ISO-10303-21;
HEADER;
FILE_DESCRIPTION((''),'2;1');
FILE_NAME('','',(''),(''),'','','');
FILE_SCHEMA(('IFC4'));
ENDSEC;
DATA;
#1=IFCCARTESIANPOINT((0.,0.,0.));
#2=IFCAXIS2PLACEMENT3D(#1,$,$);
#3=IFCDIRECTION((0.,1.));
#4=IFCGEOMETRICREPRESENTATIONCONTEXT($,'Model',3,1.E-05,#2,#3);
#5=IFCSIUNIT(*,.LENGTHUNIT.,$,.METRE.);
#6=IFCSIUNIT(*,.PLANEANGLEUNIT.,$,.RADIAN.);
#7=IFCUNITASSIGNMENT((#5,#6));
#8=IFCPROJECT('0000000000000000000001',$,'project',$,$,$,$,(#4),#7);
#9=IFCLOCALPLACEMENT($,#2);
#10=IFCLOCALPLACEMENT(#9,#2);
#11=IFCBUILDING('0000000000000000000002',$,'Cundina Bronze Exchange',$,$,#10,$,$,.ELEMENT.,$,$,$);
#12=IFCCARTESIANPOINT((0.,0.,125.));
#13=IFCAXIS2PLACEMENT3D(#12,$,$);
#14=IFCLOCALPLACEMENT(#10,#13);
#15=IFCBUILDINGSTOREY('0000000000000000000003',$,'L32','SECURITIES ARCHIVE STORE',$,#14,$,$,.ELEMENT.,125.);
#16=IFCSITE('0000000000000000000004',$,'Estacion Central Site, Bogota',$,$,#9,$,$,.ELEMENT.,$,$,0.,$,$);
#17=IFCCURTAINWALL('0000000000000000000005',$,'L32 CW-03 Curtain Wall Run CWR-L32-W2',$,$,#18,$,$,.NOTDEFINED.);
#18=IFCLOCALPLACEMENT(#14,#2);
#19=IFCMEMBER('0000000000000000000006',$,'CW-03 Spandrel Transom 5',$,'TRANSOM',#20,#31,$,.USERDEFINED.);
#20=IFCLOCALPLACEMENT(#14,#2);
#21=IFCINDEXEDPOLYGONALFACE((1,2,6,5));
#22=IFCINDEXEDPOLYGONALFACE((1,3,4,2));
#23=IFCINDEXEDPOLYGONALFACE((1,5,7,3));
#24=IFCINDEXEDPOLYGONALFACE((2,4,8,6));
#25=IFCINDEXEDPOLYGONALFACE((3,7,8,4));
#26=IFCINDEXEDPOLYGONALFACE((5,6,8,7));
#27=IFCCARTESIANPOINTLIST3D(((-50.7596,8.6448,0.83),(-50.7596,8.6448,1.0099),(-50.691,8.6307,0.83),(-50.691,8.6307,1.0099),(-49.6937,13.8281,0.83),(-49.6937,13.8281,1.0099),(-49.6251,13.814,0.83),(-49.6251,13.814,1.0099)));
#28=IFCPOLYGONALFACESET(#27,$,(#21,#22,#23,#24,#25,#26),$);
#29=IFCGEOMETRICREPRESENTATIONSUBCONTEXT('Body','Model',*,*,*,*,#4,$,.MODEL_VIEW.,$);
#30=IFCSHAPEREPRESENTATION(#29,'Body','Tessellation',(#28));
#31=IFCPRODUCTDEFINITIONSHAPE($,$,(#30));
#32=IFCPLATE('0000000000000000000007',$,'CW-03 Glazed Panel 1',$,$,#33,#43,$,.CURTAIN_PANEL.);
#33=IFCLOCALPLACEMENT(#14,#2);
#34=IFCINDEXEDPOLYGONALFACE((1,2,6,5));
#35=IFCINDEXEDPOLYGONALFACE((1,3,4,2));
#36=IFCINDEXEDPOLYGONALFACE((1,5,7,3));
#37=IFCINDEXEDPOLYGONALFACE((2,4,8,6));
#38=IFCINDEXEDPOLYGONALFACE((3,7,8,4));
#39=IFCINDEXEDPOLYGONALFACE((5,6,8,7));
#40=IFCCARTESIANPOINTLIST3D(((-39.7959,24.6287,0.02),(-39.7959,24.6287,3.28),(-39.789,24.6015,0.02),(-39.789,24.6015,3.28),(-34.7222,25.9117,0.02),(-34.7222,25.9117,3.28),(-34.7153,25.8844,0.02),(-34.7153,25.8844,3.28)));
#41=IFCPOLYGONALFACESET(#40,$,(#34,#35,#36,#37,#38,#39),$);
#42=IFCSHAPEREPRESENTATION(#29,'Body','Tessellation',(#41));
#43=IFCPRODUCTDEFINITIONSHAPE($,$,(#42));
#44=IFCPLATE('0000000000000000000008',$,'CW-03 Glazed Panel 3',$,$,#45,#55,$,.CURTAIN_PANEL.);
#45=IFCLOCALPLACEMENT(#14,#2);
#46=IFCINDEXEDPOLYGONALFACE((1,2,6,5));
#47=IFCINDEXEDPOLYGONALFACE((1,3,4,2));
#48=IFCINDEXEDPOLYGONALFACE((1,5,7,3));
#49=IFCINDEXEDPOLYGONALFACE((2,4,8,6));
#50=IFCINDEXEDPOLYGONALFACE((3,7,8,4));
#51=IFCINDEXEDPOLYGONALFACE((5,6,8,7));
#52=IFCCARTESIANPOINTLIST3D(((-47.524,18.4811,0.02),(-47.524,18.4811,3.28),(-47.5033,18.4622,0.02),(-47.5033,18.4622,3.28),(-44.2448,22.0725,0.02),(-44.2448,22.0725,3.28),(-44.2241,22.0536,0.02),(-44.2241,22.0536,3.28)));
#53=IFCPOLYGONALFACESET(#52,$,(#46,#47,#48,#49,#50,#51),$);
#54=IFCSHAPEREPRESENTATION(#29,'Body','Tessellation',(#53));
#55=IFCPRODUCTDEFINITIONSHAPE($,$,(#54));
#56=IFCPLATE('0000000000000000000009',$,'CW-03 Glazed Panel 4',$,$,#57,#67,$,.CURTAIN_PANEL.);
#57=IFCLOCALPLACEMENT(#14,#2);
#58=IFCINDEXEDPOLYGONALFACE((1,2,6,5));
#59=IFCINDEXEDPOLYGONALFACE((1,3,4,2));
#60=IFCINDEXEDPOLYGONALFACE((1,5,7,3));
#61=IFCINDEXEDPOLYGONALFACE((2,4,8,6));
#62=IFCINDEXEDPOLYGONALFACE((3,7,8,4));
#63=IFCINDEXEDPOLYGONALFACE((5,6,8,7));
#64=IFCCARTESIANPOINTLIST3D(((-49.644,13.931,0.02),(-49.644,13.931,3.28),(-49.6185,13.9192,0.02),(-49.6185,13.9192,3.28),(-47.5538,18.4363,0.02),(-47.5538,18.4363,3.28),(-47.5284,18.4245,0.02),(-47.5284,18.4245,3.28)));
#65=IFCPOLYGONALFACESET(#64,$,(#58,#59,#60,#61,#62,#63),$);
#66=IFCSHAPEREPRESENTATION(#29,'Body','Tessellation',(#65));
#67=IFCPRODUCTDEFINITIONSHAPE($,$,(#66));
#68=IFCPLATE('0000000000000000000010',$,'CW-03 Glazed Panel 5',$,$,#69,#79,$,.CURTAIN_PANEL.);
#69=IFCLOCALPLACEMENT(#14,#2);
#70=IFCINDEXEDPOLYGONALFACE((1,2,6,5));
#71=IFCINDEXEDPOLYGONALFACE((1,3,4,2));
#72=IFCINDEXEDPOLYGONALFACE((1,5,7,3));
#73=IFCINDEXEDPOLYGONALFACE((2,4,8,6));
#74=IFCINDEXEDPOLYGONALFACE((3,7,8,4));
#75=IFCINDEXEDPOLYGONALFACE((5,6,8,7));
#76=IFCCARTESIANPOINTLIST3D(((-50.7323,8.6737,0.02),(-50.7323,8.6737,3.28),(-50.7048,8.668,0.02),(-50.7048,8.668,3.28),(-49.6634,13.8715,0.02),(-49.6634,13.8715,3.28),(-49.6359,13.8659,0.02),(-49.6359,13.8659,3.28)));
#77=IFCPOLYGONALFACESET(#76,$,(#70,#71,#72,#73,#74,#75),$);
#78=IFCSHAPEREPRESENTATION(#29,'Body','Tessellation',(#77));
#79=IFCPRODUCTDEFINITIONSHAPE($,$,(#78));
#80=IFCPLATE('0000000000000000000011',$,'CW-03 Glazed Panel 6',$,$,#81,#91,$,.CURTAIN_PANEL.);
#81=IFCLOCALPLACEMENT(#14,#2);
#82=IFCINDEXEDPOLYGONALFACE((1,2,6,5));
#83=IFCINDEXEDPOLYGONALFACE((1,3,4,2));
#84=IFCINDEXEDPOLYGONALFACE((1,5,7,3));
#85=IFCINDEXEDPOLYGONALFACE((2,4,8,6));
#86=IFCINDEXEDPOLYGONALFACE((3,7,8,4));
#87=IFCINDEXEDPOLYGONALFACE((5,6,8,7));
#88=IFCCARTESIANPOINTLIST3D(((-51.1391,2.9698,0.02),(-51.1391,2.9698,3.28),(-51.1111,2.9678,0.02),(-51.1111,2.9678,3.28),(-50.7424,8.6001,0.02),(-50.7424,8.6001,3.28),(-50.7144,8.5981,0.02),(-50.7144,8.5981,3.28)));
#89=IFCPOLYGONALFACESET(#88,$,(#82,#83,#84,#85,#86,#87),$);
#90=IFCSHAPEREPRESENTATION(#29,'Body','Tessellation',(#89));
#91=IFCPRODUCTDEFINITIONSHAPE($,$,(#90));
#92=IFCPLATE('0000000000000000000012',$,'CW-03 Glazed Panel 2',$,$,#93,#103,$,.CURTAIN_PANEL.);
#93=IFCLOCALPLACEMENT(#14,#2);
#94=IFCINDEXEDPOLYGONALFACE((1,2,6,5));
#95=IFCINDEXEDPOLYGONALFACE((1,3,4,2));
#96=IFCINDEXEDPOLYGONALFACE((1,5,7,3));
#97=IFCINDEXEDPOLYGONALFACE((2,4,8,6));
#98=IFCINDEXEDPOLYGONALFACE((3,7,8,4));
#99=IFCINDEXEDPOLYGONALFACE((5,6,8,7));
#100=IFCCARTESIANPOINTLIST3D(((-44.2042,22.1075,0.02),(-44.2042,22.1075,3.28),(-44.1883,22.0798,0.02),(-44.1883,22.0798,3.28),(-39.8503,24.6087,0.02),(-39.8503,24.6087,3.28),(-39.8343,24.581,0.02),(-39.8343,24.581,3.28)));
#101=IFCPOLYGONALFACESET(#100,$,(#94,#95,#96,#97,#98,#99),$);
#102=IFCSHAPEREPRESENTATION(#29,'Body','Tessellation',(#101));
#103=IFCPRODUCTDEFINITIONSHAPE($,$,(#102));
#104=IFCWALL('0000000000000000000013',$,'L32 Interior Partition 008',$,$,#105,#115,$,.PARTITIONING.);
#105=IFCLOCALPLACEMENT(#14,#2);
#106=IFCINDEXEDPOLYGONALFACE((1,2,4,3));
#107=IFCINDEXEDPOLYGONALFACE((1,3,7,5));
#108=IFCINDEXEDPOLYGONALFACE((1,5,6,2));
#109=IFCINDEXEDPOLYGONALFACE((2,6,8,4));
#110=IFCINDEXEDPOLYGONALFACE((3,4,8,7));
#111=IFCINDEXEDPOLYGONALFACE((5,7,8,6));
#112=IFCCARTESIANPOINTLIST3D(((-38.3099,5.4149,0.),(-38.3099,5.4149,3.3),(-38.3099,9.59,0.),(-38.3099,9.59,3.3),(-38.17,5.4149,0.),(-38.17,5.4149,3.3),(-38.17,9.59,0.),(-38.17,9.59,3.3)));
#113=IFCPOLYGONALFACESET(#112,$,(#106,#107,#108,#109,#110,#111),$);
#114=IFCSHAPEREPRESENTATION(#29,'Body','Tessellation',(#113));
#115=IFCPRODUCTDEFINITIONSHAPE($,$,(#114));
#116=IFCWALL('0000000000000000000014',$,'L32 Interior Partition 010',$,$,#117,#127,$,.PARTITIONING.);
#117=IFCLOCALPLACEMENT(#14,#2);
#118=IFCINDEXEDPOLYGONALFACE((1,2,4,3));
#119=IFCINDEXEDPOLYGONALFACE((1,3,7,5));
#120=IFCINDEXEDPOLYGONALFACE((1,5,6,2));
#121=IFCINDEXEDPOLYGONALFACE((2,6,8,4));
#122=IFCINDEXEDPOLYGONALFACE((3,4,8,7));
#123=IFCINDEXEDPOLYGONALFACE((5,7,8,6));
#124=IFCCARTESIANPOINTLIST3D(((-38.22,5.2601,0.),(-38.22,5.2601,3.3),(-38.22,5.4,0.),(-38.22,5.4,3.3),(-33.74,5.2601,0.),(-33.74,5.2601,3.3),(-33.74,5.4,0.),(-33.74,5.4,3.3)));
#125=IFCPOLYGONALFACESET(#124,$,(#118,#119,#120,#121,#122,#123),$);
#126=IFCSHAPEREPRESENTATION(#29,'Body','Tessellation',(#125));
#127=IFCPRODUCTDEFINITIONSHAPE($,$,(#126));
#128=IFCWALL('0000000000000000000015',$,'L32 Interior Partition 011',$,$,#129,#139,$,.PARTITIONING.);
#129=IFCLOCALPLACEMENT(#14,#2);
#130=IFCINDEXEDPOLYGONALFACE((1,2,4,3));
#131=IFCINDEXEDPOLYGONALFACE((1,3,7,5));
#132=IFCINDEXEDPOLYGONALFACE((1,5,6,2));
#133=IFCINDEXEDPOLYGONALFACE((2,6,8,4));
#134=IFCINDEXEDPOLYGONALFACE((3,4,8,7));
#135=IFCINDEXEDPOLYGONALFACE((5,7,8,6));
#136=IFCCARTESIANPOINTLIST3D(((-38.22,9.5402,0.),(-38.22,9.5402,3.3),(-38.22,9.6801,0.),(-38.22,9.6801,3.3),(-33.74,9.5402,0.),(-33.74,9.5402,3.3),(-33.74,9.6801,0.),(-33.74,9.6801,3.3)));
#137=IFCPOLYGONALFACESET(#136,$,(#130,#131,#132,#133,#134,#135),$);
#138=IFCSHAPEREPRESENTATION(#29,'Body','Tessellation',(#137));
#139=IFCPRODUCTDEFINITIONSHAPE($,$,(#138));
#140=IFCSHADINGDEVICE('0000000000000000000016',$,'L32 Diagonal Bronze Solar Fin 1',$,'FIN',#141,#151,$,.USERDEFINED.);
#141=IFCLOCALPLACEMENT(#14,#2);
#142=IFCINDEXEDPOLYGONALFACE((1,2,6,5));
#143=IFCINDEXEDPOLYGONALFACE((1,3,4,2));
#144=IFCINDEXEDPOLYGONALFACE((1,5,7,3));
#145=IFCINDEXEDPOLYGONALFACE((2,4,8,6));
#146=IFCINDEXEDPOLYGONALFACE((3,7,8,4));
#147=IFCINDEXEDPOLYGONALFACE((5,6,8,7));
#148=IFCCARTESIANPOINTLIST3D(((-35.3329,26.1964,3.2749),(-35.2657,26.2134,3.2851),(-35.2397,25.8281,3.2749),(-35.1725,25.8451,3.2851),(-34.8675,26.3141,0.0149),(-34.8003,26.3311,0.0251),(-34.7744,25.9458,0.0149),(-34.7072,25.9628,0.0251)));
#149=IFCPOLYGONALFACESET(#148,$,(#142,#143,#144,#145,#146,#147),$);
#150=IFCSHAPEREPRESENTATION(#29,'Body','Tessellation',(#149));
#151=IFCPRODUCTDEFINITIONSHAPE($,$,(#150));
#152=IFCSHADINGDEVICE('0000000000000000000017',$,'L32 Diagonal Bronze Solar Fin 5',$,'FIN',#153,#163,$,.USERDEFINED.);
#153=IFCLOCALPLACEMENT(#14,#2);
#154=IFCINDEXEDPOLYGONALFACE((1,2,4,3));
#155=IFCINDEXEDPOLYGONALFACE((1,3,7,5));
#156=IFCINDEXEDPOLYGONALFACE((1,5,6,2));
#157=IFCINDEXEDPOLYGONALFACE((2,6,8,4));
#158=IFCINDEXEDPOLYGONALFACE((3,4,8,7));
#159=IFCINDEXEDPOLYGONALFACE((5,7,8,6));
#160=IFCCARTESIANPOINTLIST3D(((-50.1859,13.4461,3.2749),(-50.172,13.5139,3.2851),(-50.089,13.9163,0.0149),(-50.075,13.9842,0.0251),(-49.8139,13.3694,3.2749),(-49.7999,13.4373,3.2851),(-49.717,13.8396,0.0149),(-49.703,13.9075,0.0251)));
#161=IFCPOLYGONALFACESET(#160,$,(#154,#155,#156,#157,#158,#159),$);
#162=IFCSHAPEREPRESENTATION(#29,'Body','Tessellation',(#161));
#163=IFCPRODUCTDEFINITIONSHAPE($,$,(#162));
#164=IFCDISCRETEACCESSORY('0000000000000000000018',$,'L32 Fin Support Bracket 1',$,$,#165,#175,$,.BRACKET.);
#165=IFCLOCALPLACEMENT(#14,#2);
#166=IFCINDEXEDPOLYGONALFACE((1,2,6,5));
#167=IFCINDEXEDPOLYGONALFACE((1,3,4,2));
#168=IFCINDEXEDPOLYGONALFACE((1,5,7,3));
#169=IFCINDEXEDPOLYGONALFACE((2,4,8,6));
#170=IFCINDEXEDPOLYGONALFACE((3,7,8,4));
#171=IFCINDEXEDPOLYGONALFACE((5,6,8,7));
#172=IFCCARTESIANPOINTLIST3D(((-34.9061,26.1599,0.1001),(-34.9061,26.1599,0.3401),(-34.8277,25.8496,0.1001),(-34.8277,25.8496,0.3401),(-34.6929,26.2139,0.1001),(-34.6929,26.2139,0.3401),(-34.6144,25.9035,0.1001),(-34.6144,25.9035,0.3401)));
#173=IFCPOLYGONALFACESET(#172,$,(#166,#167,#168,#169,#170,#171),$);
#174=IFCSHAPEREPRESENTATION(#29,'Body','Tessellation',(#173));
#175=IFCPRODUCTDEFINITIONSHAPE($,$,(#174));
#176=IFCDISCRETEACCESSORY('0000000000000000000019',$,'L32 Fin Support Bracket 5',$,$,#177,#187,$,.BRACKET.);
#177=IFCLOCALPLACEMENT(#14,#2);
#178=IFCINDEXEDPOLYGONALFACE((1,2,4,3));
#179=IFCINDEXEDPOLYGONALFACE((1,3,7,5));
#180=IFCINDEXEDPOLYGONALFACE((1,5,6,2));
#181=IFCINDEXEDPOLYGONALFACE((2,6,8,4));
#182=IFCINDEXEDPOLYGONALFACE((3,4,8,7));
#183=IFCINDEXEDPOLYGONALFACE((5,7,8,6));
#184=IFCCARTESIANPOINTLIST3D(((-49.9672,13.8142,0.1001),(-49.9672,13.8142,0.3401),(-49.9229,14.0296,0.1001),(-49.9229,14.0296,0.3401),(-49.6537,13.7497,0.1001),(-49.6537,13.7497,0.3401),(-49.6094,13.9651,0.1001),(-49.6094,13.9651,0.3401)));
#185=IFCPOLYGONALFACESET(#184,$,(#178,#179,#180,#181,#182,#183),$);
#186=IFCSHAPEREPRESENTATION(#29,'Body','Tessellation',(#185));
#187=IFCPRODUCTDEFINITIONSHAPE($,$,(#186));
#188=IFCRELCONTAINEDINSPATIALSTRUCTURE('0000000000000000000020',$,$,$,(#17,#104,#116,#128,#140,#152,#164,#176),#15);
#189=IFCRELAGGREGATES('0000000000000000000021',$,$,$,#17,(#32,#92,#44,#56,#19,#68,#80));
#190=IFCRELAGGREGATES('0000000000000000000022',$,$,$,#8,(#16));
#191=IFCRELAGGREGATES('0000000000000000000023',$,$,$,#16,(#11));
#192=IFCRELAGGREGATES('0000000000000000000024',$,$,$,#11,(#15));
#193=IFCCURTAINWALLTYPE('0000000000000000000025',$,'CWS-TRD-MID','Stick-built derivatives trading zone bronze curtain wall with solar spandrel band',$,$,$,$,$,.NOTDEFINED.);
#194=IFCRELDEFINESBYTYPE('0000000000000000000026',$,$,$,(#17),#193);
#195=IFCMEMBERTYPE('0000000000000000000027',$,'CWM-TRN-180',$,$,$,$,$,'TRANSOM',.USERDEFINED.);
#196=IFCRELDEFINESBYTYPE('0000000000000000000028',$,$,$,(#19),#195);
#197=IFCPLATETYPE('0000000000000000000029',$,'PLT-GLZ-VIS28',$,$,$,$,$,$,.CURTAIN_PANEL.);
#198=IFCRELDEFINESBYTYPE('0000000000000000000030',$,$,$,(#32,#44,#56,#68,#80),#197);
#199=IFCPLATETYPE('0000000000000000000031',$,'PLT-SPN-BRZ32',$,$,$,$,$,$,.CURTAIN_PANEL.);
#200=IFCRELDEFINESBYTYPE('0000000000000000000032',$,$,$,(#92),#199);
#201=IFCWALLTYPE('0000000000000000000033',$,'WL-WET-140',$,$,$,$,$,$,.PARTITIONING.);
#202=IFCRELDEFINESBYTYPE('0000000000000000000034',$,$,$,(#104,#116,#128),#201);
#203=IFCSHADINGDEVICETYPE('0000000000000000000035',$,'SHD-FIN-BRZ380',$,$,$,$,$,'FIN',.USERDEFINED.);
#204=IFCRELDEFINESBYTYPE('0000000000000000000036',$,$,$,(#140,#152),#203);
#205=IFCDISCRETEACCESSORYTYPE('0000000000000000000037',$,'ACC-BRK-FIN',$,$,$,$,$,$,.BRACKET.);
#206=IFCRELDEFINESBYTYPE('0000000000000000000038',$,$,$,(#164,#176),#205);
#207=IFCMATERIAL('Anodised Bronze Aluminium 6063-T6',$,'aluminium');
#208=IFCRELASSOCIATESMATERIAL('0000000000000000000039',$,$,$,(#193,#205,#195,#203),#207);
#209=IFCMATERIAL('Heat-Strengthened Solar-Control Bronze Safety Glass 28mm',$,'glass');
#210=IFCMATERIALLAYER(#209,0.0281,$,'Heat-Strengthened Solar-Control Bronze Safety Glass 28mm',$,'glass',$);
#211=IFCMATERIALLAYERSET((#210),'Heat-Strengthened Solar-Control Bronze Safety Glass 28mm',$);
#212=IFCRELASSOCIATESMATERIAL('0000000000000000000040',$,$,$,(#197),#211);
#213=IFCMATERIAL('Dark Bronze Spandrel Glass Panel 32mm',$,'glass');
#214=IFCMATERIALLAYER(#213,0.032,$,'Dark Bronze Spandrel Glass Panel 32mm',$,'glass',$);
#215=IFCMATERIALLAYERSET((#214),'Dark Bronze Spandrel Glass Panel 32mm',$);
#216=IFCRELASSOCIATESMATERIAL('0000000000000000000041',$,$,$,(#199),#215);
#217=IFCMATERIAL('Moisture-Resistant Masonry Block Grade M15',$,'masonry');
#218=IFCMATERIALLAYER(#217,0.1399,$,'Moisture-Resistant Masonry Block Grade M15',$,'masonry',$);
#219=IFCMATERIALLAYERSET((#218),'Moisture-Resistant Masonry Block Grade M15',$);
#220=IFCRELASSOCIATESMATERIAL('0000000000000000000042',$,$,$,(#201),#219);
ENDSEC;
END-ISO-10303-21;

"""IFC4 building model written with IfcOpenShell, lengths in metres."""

from ifc_helpers import new_model, si_unit, direction, frame, frame_2d, origin, origin_2d, place, context, subcontext, project, spatial, rectangle, extrude, material, layer, layer_set, material_profile, profile_set, type_object, element, aggregate, save


model = new_model("IFC4")

# Units and contexts
model_context = context("Model", 3, precision=1e-05, world=origin(), true_north=direction((0.0, 1.0)))
body_context = subcontext(model_context, "Body", "Model", "MODEL_VIEW")
ifc_project = project(units=[si_unit("LENGTHUNIT", "METRE"), si_unit("PLANEANGLEUNIT", "RADIAN")], contexts=[model_context])

# Site, building, storey
site_placement = place(None, origin())
site = spatial("IfcSite", under=ifc_project, at=site_placement, Name="Estacion Central Site, Bogota", CompositionType="ELEMENT", RefElevation=0.0)
building_placement = place(site_placement, origin())
building = spatial("IfcBuilding", under=site, at=building_placement, Name="Cundina Bronze Exchange", CompositionType="ELEMENT")
storey_placement = place(building_placement, frame((0.0, 0.0, 125.0)))
storey = spatial("IfcBuildingStorey", under=building, at=storey_placement, Name="L32", Description="SECURITIES ARCHIVE STORE", CompositionType="ELEMENT", Elevation=125.0)

# Curtain wall, member, plates
ifc_material_1 = material(Name="Anodised Bronze Aluminium 6063-T6", Category="aluminium")
curtain_wall_type = type_object("IfcCurtainWallType", Name="CWS-TRD-MID", Description="Stick-built derivatives trading zone bronze curtain wall with solar spandrel band", PredefinedType="NOTDEFINED", material=ifc_material_1)
curtain_wall_placement = place(storey_placement, origin())
curtain_wall = element("IfcCurtainWall", 1, at=curtain_wall_placement, inside=storey, type_object=curtain_wall_type, Name="L32 CW-03 Curtain Wall Run CWR-L32-W2", PredefinedType="NOTDEFINED")
ifc_material_profile_1 = material_profile(ifc_material_1, rectangle(XDim=0.0701, YDim=0.1799, at=origin_2d()), Name="AL70X180", Category="aluminium")
ifc_profile_set_1 = profile_set([ifc_material_profile_1], Name="Anodised Bronze Aluminium 6063-T6")
member_type_1 = type_object("IfcMemberType", Name="CWM-TRN-180", ElementType="TRANSOM", PredefinedType="USERDEFINED", material=ifc_profile_set_1)
member_1_placement = place(storey_placement, frame((-49.6594, 13.821, 0.9199), z_axis=(-0.201428, -0.979503, 0.0), x_axis=(0.979503, -0.201428, 0.0)))
member_1 = element("IfcMember", 2, at=member_1_placement, type_object=member_type_1, Name="CW-03 Spandrel Transom 5", ObjectType="TRANSOM", PredefinedType="USERDEFINED", context=body_context, shape_type="SweptSolid", body=[
    extrude(rectangle(XDim=0.0701, YDim=0.1799, at=origin_2d()), origin(), (0.0, 0.0, 1.0), 5.2917),
])
ifc_material_2 = material(Name="Heat-Strengthened Solar-Control Bronze Safety Glass 28mm", Category="glass")
ifc_layer_1 = layer(ifc_material_2, 0.0281, Name="Heat-Strengthened Solar-Control Bronze Safety Glass 28mm", Category="glass")
ifc_layer_set_1 = layer_set([ifc_layer_1], Name="Heat-Strengthened Solar-Control Bronze Safety Glass 28mm")
plate_type_1 = type_object("IfcPlateType", Name="PLT-GLZ-VIS28", PredefinedType="CURTAIN_PANEL", material=ifc_layer_set_1)
plate_1_placement = place(storey_placement, frame((-37.2556, 25.2566, 0.02), z_axis=(0.0, 0.0, 1.0), x_axis=(-0.969488, -0.245138, 0.0)))
plate_1 = element("IfcPlate", 3, at=plate_1_placement, type_object=plate_type_1, Name="CW-03 Glazed Panel 1", PredefinedType="CURTAIN_PANEL", context=body_context, shape_type="SweptSolid", body=[
    extrude(rectangle(XDim=5.2334, YDim=0.0281, at=origin_2d()), origin(), (0.0, 0.0, 1.0), 3.26),
])
plate_2_placement = place(storey_placement, frame((-45.874, 20.2673, 0.02), z_axis=(0.0, 0.0, 1.0), x_axis=(-0.674277, -0.738479, 0.0)))
plate_2 = element("IfcPlate", 4, at=plate_2_placement, type_object=plate_type_1, Name="CW-03 Glazed Panel 3", PredefinedType="CURTAIN_PANEL", context=body_context, shape_type="SweptSolid", body=[
    extrude(rectangle(XDim=4.8633, YDim=0.0281, at=origin_2d()), origin(), (0.0, 0.0, 1.0), 3.26),
])
plate_3_placement = place(storey_placement, frame((-48.5862, 16.1777, 0.02), z_axis=(0.0, 0.0, 1.0), x_axis=(-0.420846, -0.907132, 0.0)))
plate_3 = element("IfcPlate", 5, at=plate_3_placement, type_object=plate_type_1, Name="CW-03 Glazed Panel 4", PredefinedType="CURTAIN_PANEL", context=body_context, shape_type="SweptSolid", body=[
    extrude(rectangle(XDim=4.9666, YDim=0.0281, at=origin_2d()), origin(), (0.0, 0.0, 1.0), 3.26),
])
plate_4_placement = place(storey_placement, frame((-50.1841, 11.2698, 0.02), z_axis=(0.0, 0.0, 1.0), x_axis=(-0.20142, -0.979505, 0.0)))
plate_4 = element("IfcPlate", 6, at=plate_4_placement, type_object=plate_type_1, Name="CW-03 Glazed Panel 5", PredefinedType="CURTAIN_PANEL", context=body_context, shape_type="SweptSolid", body=[
    extrude(rectangle(XDim=5.3066, YDim=0.0281, at=origin_2d()), origin(), (0.0, 0.0, 1.0), 3.26),
])
plate_5_placement = place(storey_placement, frame((-50.9268, 5.7839, 0.02), z_axis=(0.0, 0.0, 1.0), x_axis=(-0.070279, -0.997527, 0.0)))
plate_5 = element("IfcPlate", 7, at=plate_5_placement, type_object=plate_type_1, Name="CW-03 Glazed Panel 6", PredefinedType="CURTAIN_PANEL", context=body_context, shape_type="SweptSolid", body=[
    extrude(rectangle(XDim=5.6443, YDim=0.0281, at=origin_2d()), origin(), (0.0, 0.0, 1.0), 3.26),
])
ifc_material_3 = material(Name="Dark Bronze Spandrel Glass Panel 32mm", Category="glass")
ifc_layer_2 = layer(ifc_material_3, 0.032, Name="Dark Bronze Spandrel Glass Panel 32mm", Category="glass")
ifc_layer_set_2 = layer_set([ifc_layer_2], Name="Dark Bronze Spandrel Glass Panel 32mm")
plate_type_2 = type_object("IfcPlateType", Name="PLT-SPN-BRZ32", PredefinedType="CURTAIN_PANEL", material=ifc_layer_set_2)
plate_6_placement = place(storey_placement, frame((-42.0193, 23.3442, 0.02), z_axis=(0.0, 0.0, 1.0), x_axis=(-0.867105, -0.498125, 0.0)))
plate_6 = element("IfcPlate", 8, at=plate_6_placement, type_object=plate_type_2, Name="CW-03 Glazed Panel 2", PredefinedType="CURTAIN_PANEL", context=body_context, shape_type="SweptSolid", body=[
    extrude(rectangle(XDim=5.0212, YDim=0.032, at=origin_2d()), origin(), (0.0, 0.0, 1.0), 3.26),
])
aggregate(curtain_wall, [plate_1, plate_6, plate_2, plate_3, member_1, plate_4, plate_5])

# Walls
ifc_material_4 = material(Name="Moisture-Resistant Masonry Block Grade M15", Category="masonry")
ifc_layer_3 = layer(ifc_material_4, 0.1399, Name="Moisture-Resistant Masonry Block Grade M15", Category="masonry")
ifc_layer_set_3 = layer_set([ifc_layer_3], Name="Moisture-Resistant Masonry Block Grade M15")
wall_type = type_object("IfcWallType", Name="WL-WET-140", PredefinedType="PARTITIONING", material=ifc_layer_set_3)
wall_placement = place(storey_placement, frame((-38.24, 5.415, 0.0), z_axis=(0.0, 0.0, 1.0), x_axis=(0.0, 1.0, 0.0)))
element("IfcWall", 9, at=wall_placement, inside=storey, type_object=wall_type, Name="L32 Interior Partition 008", PredefinedType="PARTITIONING", context=body_context, shape_type="SweptSolid", body=[
    extrude(rectangle(XDim=4.175, YDim=0.1399, at=frame_2d((2.0874, 0.0))), origin(), (0.0, 0.0, 1.0), 3.3),
])
for number, where, z_axis, x_axis, name in (
    (10, (-38.22, 5.3301, 0.0), (0.0, 0.0, 1.0), (1.0, 0.0, 0.0), "L32 Interior Partition 010"),
    (11, (-38.22, 9.6101, 0.0), (0.0, 0.0, 1.0), (1.0, 0.0, 0.0), "L32 Interior Partition 011"),
):
    element("IfcWall", number, at=place(storey_placement, frame(where, z_axis=z_axis, x_axis=x_axis)), inside=storey, type_object=wall_type, Name=name, PredefinedType="PARTITIONING", context=body_context, shape_type="SweptSolid", body=[
        extrude(rectangle(XDim=4.48, YDim=0.1399, at=frame_2d((2.24, 0.0))), origin(), (0.0, 0.0, 1.0), 3.3),
    ])

# Shading devices
ifc_material_profile_2 = material_profile(ifc_material_1, rectangle(XDim=0.0701, YDim=0.3799, at=origin_2d()), Name="FIN70X380", Category="aluminium")
ifc_profile_set_2 = profile_set([ifc_material_profile_2], Name="Anodised Bronze Aluminium 6063-T6")
shading_device_type = type_object("IfcShadingDeviceType", Name="SHD-FIN-BRZ380", ElementType="FIN", PredefinedType="USERDEFINED", material=ifc_profile_set_2)
for number, where, z_axis, x_axis, name in (
    (12, (-34.7874, 26.1384, 0.02), (-0.141217, -0.035712, 0.989334), (0.959141, 0.242553, 0.145663), "L32 Diagonal Bronze Solar Fin 1"),
    (13, (-49.896, 13.9119, 0.02), (-0.029414, -0.142698, 0.989329), (0.199728, 0.968959, 0.145698), "L32 Diagonal Bronze Solar Fin 5"),
):
    element("IfcShadingDevice", number, at=place(storey_placement, frame(where, z_axis=z_axis, x_axis=x_axis)), inside=storey, type_object=shading_device_type, Name=name, ObjectType="FIN", PredefinedType="USERDEFINED", context=body_context, shape_type="SweptSolid", body=[
        extrude(rectangle(XDim=0.0701, YDim=0.3799, at=origin_2d()), origin(), (0.0, 0.0, 1.0), 3.2952),
    ])

# Discrete accessories
discrete_accessory_type = type_object("IfcDiscreteAccessoryType", Name="ACC-BRK-FIN", PredefinedType="BRACKET", material=ifc_material_1)
for number, where, z_axis, x_axis, name in (
    (14, (-34.7603, 26.0317, 0.1001), (0.0, 0.0, 1.0), (-0.969488, -0.245138, 0.0), "L32 Fin Support Bracket 1"),
    (15, (-49.7883, 13.8896, 0.1001), (0.0, 0.0, 1.0), (-0.20142, -0.979505, 0.0), "L32 Fin Support Bracket 5"),
):
    element("IfcDiscreteAccessory", number, at=place(storey_placement, frame(where, z_axis=z_axis, x_axis=x_axis)), inside=storey, type_object=discrete_accessory_type, Name=name, PredefinedType="BRACKET", context=body_context, shape_type="SweptSolid", body=[
        extrude(rectangle(XDim=0.22, YDim=0.3201, at=origin_2d()), origin(), (0.0, 0.0, 1.0), 0.24),
    ])

save(model, "model.ifc")
